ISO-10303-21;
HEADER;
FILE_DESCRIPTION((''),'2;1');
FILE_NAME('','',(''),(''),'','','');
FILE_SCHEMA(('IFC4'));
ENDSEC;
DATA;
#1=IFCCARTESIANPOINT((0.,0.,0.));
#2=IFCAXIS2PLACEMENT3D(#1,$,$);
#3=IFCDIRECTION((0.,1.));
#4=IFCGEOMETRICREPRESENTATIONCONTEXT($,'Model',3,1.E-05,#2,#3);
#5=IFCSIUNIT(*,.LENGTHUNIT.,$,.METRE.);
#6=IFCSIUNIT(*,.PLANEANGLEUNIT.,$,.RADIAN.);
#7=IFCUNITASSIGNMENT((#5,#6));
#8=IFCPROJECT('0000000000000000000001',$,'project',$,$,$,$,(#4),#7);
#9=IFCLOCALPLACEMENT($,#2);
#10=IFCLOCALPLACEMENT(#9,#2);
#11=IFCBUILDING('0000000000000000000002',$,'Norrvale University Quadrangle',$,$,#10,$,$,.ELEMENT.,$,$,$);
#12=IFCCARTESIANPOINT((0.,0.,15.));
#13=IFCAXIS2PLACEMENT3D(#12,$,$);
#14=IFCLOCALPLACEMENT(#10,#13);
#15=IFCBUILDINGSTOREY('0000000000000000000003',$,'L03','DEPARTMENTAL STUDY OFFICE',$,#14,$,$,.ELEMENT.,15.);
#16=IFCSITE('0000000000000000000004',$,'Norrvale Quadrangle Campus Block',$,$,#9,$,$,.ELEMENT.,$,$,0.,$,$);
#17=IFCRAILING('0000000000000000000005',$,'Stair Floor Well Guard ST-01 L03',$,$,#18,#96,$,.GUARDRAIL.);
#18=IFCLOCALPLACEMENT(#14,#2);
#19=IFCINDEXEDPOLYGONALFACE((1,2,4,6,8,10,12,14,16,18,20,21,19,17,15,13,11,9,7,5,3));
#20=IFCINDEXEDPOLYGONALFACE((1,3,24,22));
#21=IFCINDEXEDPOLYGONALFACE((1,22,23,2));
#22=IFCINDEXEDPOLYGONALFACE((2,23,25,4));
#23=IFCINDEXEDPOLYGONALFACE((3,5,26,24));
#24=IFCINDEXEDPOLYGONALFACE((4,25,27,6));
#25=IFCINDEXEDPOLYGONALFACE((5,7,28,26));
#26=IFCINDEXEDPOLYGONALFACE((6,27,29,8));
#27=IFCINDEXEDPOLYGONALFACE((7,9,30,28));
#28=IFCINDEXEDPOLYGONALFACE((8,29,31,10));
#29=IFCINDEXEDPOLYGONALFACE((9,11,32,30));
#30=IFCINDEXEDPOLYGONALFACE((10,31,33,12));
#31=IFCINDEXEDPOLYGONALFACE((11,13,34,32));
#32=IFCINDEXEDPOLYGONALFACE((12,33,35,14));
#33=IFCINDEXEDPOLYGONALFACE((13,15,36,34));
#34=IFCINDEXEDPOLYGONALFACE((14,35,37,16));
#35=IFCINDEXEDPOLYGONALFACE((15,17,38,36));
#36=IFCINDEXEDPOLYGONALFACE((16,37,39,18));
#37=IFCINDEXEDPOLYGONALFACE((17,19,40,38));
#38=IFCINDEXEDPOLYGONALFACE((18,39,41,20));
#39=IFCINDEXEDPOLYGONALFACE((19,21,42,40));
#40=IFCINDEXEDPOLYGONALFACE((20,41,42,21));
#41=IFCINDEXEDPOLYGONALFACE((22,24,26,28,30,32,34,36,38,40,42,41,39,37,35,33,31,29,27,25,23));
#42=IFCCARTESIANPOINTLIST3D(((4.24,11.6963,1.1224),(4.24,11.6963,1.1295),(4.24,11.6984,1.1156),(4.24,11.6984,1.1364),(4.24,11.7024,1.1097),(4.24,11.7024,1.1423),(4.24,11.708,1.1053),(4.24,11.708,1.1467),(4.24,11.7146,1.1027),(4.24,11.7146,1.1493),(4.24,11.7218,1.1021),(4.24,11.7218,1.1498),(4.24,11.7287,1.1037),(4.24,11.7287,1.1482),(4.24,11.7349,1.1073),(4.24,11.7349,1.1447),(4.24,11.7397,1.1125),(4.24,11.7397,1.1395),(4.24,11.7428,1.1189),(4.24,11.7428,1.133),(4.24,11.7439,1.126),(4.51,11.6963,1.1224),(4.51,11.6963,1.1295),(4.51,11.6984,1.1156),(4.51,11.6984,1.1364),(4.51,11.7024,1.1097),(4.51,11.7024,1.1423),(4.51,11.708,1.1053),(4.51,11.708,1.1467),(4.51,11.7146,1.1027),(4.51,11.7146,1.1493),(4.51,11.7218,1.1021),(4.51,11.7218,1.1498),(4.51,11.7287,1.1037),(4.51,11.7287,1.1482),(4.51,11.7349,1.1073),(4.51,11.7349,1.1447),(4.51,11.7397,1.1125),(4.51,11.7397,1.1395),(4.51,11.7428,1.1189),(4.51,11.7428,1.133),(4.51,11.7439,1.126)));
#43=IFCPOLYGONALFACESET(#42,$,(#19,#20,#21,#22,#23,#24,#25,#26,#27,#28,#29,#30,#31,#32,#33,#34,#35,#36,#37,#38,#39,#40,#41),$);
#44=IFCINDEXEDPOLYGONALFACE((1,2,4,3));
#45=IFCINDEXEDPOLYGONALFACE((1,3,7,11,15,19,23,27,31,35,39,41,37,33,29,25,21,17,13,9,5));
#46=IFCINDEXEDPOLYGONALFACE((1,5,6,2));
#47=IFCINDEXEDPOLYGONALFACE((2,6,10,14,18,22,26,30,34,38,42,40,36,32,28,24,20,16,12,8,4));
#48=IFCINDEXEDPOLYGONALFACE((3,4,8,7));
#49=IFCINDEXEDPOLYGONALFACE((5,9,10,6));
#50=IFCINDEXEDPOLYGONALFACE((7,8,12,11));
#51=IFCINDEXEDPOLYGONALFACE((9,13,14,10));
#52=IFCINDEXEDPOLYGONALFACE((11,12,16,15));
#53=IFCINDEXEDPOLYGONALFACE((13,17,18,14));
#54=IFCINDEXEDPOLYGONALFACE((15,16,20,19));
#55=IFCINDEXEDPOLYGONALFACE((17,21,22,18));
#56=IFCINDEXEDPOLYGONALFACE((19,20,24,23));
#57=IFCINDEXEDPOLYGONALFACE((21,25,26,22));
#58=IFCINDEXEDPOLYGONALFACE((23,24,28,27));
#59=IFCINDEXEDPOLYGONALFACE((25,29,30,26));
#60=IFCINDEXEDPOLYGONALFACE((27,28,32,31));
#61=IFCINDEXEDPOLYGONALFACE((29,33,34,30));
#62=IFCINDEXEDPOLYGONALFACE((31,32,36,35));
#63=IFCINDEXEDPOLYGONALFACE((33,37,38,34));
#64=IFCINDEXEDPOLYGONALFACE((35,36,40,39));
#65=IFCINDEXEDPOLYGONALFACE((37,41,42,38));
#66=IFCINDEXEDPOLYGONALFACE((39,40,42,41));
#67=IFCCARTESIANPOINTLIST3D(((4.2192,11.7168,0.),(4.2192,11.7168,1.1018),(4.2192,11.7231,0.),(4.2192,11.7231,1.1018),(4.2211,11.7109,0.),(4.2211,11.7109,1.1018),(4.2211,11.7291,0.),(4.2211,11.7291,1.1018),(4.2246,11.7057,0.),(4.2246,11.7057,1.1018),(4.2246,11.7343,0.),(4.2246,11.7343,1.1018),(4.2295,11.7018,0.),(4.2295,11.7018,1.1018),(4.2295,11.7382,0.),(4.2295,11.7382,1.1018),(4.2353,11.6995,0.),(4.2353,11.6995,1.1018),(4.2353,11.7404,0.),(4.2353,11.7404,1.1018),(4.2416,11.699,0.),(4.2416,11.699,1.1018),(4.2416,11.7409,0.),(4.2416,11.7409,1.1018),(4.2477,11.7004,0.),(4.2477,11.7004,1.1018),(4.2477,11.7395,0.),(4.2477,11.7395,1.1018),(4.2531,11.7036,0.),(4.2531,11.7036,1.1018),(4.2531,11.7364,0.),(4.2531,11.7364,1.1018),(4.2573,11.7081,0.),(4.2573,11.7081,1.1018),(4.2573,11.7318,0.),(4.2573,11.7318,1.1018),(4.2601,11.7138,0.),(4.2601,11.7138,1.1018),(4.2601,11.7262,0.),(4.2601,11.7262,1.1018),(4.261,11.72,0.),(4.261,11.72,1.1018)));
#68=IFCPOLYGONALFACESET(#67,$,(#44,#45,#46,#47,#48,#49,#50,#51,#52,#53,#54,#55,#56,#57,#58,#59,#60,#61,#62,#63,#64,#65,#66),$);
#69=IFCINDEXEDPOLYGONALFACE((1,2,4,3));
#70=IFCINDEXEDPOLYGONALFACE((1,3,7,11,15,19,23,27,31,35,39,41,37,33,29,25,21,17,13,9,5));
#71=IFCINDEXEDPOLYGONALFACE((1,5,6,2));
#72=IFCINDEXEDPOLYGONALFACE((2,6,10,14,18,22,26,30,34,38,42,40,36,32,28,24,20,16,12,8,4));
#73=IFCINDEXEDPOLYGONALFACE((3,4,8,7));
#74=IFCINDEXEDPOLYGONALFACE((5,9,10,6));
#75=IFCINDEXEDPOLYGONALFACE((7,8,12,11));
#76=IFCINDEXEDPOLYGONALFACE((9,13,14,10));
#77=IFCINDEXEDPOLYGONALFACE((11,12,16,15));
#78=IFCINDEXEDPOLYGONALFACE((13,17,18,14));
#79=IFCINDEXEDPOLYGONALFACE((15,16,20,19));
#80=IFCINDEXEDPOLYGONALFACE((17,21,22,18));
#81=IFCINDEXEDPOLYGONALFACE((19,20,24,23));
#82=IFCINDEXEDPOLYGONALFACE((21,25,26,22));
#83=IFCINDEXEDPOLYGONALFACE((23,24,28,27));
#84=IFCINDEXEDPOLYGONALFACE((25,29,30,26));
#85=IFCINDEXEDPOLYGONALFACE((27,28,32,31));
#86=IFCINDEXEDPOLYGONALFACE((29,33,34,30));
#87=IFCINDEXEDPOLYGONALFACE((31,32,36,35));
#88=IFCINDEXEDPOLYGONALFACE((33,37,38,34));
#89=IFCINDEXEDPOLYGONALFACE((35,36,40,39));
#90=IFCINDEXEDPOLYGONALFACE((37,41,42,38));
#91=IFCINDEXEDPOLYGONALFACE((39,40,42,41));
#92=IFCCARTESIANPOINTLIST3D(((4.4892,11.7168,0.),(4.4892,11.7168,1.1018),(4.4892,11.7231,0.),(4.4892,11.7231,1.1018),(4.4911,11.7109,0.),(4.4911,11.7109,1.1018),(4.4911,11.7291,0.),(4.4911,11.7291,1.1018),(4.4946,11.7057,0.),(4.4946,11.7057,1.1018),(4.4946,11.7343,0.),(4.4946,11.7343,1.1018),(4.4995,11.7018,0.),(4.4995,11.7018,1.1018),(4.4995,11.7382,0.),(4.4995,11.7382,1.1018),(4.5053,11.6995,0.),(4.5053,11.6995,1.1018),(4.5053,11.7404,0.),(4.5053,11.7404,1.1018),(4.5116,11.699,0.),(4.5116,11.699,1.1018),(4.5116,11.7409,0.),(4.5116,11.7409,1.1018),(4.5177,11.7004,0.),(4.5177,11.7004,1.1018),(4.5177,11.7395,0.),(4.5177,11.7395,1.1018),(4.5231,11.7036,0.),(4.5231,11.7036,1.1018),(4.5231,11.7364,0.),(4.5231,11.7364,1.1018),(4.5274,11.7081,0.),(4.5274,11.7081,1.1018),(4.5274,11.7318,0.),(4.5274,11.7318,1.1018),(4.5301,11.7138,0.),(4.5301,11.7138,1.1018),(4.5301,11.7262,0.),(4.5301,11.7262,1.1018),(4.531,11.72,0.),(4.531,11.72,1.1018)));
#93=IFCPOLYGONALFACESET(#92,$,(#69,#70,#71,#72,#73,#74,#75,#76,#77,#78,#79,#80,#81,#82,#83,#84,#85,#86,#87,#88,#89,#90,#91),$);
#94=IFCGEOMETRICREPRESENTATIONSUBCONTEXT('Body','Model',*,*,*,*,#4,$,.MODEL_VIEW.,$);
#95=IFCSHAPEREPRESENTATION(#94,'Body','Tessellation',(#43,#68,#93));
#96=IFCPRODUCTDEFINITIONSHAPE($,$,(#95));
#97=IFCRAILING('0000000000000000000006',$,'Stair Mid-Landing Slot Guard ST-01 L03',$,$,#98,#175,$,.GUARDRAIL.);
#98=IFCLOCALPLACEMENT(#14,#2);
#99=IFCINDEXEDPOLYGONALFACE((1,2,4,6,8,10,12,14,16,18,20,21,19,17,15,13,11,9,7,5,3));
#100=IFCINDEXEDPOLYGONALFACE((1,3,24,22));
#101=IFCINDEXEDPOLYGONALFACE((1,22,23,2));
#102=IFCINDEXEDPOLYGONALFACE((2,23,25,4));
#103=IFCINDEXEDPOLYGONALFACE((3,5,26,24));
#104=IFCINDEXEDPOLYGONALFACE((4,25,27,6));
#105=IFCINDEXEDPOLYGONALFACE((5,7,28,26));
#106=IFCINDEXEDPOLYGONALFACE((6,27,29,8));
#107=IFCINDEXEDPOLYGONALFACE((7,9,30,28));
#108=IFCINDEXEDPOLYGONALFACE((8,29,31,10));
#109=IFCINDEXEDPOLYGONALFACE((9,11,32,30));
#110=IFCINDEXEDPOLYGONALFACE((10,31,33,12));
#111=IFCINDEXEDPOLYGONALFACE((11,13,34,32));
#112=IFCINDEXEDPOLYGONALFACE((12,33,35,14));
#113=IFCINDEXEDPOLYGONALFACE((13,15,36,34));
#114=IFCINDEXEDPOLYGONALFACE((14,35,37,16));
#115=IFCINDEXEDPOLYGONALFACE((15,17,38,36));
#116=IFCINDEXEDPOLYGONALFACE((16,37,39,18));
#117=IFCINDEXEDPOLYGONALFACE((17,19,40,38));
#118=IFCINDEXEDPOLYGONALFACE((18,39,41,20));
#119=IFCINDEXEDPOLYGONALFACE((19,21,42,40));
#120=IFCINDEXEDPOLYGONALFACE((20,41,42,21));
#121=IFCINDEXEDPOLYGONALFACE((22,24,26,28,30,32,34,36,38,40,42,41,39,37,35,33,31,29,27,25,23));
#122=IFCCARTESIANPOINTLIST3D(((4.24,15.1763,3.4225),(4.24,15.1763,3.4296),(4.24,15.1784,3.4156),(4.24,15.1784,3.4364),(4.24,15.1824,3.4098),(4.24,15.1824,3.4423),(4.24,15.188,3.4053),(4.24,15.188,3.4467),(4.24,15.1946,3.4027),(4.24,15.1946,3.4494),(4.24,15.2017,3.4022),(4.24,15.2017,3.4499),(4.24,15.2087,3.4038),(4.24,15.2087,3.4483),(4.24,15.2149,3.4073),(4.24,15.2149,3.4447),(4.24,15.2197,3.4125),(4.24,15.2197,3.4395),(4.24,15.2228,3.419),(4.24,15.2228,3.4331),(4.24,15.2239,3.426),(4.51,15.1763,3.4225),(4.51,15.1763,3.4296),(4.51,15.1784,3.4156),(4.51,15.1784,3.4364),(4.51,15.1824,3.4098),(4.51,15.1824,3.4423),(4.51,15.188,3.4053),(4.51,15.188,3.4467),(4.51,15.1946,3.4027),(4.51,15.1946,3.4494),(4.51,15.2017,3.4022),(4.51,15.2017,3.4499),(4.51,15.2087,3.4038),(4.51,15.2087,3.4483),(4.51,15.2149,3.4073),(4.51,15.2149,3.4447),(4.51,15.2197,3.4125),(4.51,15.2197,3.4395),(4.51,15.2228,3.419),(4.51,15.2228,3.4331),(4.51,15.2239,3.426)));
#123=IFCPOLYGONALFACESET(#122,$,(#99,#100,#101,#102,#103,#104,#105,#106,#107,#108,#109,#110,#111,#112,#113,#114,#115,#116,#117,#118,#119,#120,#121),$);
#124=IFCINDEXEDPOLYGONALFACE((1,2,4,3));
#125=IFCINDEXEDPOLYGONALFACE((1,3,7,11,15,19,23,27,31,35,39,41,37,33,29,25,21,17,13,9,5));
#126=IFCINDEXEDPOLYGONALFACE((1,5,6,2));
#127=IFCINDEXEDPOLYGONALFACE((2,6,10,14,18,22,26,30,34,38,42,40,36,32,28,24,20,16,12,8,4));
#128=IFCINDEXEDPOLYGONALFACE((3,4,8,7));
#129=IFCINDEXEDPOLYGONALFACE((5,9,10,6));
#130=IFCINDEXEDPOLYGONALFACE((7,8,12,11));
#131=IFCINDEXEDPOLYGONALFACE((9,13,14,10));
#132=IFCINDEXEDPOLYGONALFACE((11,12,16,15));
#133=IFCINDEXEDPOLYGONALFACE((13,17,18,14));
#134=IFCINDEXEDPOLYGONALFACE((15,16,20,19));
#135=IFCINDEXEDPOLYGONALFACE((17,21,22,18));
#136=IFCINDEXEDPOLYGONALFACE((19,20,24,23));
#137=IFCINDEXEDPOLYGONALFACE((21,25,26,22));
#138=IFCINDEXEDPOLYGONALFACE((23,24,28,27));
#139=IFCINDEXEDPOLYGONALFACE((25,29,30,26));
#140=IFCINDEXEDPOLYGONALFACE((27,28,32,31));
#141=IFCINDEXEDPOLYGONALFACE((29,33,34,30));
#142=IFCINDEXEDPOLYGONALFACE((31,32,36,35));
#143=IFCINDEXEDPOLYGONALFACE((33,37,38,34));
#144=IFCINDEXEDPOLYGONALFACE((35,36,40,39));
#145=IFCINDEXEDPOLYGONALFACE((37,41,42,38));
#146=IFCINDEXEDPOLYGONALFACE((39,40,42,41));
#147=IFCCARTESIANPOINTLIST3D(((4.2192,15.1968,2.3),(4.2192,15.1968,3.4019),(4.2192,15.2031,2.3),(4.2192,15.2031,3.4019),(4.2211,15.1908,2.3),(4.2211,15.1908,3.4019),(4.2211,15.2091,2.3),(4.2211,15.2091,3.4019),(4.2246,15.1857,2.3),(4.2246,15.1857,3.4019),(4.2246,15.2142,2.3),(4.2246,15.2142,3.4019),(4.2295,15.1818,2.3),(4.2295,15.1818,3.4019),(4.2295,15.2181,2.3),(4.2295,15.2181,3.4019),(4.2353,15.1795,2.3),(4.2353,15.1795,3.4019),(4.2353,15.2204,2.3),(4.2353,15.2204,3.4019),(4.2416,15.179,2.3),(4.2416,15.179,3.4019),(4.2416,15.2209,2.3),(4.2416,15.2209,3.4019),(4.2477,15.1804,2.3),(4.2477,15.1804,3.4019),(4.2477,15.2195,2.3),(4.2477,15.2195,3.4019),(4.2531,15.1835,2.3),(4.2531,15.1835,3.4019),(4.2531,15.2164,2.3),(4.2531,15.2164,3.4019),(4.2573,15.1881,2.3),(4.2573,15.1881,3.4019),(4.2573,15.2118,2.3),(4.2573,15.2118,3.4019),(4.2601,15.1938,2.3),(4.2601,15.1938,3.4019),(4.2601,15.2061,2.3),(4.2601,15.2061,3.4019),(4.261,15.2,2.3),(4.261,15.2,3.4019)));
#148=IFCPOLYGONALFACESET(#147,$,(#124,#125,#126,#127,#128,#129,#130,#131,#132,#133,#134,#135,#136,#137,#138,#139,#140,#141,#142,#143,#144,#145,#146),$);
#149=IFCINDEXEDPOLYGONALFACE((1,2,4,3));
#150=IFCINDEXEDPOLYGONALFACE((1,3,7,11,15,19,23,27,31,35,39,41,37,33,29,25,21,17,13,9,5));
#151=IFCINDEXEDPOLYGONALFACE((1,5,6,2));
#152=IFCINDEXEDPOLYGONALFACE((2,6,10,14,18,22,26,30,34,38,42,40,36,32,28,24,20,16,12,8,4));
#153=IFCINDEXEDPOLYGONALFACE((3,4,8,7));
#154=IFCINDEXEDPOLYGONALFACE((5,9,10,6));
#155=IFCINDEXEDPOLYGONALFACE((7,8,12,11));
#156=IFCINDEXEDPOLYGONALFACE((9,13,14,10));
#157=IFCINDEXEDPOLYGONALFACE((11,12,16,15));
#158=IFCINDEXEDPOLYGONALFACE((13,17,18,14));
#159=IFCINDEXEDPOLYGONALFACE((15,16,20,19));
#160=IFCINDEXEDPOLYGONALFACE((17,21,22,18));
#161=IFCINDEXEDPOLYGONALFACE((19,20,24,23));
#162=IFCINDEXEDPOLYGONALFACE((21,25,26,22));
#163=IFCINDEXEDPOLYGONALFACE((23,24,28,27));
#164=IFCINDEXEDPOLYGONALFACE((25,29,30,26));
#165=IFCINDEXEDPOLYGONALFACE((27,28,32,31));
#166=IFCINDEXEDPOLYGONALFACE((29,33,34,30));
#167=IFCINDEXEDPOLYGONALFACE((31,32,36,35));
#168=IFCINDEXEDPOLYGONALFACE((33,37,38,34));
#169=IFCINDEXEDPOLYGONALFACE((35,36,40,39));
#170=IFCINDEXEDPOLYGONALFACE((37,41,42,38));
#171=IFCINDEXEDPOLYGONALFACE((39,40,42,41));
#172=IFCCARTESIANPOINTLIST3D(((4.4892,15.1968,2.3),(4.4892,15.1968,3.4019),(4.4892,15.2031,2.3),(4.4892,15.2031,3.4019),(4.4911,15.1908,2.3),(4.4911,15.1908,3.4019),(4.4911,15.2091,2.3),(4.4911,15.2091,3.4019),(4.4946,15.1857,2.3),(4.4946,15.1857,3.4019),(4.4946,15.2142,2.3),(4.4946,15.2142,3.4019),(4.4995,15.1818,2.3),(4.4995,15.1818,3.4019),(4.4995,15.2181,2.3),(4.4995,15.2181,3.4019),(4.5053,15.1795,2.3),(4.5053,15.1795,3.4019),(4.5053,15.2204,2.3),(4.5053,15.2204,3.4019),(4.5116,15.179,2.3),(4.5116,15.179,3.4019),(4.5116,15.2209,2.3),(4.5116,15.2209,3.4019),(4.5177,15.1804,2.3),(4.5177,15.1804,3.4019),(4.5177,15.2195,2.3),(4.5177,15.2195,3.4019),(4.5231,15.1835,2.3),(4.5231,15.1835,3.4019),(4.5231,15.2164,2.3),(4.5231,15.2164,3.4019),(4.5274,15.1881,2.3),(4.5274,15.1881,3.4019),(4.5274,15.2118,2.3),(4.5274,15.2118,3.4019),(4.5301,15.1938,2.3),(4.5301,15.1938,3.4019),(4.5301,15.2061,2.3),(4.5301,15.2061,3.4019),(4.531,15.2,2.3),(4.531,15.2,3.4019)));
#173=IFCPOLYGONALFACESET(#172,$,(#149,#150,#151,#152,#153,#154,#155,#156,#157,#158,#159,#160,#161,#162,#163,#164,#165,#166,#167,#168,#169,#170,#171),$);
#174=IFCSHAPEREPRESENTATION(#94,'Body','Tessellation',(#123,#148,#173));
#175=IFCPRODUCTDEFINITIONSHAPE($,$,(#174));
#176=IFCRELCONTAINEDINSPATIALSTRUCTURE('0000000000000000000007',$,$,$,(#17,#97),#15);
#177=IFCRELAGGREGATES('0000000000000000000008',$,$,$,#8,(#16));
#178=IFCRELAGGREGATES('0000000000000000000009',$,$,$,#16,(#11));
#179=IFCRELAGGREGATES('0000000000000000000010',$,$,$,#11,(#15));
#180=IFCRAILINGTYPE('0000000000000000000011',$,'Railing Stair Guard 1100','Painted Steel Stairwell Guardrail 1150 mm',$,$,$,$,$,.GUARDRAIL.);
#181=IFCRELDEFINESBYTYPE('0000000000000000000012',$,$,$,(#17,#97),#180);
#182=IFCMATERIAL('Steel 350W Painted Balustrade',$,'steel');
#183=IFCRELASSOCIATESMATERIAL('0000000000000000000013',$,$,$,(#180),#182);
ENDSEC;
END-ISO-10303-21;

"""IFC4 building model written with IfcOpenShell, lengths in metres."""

from ifc_helpers import new_model, si_unit, direction, frame, origin, origin_2d, place, context, subcontext, project, spatial, circle, extrude, material, type_object, element, save


model = new_model("IFC4")

# Units and contexts
model_context = context("Model", 3, precision=1e-05, world=origin(), true_north=direction((0.0, 1.0)))
body_context = subcontext(model_context, "Body", "Model", "MODEL_VIEW")
ifc_project = project(units=[si_unit("LENGTHUNIT", "METRE"), si_unit("PLANEANGLEUNIT", "RADIAN")], contexts=[model_context])

# Site, building, storey
site_placement = place(None, origin())
site = spatial("IfcSite", under=ifc_project, at=site_placement, Name="Norrvale Quadrangle Campus Block", CompositionType="ELEMENT", RefElevation=0.0)
building_placement = place(site_placement, origin())
building = spatial("IfcBuilding", under=site, at=building_placement, Name="Norrvale University Quadrangle", CompositionType="ELEMENT")
storey_placement = place(building_placement, frame((0.0, 0.0, 15.0)))
storey = spatial("IfcBuildingStorey", under=building, at=storey_placement, Name="L03", Description="DEPARTMENTAL STUDY OFFICE", CompositionType="ELEMENT", Elevation=15.0)

# Railings
ifc_material_1 = material(Name="Steel 350W Painted Balustrade", Category="steel")
railing_type_1 = type_object("IfcRailingType", Name="Railing Stair Guard 1100", Description="Painted Steel Stairwell Guardrail 1150 mm", PredefinedType="GUARDRAIL", material=ifc_material_1)
for number, where, name in (
    (1, (4.24, 11.72, 0.0), "Stair Floor Well Guard ST-01 L03"),
    (2, (4.24, 15.2, 2.3), "Stair Mid-Landing Slot Guard ST-01 L03"),
):
    element("IfcRailing", number, at=place(storey_placement, frame(where)), inside=storey, type_object=railing_type_1, Name=name, PredefinedType="GUARDRAIL", context=body_context, shape_type="SweptSolid", body=[
        extrude(circle(Radius=0.0239, at=origin_2d()), frame((0.0, 0.0, 1.126), z_axis=(1.0, 0.0, 0.0), x_axis=(0.0, 1.0, 0.0)), (0.0, 0.0, 1.0), 0.27),
        extrude(circle(Radius=0.021, at=origin_2d()), origin(), (0.0, 0.0, 1.0), 1.1018),
        extrude(circle(Radius=0.021, at=origin_2d()), frame((0.27, 0.0, 0.0)), (0.0, 0.0, 1.0), 1.1018),
    ])

save(model, "model.ifc")
